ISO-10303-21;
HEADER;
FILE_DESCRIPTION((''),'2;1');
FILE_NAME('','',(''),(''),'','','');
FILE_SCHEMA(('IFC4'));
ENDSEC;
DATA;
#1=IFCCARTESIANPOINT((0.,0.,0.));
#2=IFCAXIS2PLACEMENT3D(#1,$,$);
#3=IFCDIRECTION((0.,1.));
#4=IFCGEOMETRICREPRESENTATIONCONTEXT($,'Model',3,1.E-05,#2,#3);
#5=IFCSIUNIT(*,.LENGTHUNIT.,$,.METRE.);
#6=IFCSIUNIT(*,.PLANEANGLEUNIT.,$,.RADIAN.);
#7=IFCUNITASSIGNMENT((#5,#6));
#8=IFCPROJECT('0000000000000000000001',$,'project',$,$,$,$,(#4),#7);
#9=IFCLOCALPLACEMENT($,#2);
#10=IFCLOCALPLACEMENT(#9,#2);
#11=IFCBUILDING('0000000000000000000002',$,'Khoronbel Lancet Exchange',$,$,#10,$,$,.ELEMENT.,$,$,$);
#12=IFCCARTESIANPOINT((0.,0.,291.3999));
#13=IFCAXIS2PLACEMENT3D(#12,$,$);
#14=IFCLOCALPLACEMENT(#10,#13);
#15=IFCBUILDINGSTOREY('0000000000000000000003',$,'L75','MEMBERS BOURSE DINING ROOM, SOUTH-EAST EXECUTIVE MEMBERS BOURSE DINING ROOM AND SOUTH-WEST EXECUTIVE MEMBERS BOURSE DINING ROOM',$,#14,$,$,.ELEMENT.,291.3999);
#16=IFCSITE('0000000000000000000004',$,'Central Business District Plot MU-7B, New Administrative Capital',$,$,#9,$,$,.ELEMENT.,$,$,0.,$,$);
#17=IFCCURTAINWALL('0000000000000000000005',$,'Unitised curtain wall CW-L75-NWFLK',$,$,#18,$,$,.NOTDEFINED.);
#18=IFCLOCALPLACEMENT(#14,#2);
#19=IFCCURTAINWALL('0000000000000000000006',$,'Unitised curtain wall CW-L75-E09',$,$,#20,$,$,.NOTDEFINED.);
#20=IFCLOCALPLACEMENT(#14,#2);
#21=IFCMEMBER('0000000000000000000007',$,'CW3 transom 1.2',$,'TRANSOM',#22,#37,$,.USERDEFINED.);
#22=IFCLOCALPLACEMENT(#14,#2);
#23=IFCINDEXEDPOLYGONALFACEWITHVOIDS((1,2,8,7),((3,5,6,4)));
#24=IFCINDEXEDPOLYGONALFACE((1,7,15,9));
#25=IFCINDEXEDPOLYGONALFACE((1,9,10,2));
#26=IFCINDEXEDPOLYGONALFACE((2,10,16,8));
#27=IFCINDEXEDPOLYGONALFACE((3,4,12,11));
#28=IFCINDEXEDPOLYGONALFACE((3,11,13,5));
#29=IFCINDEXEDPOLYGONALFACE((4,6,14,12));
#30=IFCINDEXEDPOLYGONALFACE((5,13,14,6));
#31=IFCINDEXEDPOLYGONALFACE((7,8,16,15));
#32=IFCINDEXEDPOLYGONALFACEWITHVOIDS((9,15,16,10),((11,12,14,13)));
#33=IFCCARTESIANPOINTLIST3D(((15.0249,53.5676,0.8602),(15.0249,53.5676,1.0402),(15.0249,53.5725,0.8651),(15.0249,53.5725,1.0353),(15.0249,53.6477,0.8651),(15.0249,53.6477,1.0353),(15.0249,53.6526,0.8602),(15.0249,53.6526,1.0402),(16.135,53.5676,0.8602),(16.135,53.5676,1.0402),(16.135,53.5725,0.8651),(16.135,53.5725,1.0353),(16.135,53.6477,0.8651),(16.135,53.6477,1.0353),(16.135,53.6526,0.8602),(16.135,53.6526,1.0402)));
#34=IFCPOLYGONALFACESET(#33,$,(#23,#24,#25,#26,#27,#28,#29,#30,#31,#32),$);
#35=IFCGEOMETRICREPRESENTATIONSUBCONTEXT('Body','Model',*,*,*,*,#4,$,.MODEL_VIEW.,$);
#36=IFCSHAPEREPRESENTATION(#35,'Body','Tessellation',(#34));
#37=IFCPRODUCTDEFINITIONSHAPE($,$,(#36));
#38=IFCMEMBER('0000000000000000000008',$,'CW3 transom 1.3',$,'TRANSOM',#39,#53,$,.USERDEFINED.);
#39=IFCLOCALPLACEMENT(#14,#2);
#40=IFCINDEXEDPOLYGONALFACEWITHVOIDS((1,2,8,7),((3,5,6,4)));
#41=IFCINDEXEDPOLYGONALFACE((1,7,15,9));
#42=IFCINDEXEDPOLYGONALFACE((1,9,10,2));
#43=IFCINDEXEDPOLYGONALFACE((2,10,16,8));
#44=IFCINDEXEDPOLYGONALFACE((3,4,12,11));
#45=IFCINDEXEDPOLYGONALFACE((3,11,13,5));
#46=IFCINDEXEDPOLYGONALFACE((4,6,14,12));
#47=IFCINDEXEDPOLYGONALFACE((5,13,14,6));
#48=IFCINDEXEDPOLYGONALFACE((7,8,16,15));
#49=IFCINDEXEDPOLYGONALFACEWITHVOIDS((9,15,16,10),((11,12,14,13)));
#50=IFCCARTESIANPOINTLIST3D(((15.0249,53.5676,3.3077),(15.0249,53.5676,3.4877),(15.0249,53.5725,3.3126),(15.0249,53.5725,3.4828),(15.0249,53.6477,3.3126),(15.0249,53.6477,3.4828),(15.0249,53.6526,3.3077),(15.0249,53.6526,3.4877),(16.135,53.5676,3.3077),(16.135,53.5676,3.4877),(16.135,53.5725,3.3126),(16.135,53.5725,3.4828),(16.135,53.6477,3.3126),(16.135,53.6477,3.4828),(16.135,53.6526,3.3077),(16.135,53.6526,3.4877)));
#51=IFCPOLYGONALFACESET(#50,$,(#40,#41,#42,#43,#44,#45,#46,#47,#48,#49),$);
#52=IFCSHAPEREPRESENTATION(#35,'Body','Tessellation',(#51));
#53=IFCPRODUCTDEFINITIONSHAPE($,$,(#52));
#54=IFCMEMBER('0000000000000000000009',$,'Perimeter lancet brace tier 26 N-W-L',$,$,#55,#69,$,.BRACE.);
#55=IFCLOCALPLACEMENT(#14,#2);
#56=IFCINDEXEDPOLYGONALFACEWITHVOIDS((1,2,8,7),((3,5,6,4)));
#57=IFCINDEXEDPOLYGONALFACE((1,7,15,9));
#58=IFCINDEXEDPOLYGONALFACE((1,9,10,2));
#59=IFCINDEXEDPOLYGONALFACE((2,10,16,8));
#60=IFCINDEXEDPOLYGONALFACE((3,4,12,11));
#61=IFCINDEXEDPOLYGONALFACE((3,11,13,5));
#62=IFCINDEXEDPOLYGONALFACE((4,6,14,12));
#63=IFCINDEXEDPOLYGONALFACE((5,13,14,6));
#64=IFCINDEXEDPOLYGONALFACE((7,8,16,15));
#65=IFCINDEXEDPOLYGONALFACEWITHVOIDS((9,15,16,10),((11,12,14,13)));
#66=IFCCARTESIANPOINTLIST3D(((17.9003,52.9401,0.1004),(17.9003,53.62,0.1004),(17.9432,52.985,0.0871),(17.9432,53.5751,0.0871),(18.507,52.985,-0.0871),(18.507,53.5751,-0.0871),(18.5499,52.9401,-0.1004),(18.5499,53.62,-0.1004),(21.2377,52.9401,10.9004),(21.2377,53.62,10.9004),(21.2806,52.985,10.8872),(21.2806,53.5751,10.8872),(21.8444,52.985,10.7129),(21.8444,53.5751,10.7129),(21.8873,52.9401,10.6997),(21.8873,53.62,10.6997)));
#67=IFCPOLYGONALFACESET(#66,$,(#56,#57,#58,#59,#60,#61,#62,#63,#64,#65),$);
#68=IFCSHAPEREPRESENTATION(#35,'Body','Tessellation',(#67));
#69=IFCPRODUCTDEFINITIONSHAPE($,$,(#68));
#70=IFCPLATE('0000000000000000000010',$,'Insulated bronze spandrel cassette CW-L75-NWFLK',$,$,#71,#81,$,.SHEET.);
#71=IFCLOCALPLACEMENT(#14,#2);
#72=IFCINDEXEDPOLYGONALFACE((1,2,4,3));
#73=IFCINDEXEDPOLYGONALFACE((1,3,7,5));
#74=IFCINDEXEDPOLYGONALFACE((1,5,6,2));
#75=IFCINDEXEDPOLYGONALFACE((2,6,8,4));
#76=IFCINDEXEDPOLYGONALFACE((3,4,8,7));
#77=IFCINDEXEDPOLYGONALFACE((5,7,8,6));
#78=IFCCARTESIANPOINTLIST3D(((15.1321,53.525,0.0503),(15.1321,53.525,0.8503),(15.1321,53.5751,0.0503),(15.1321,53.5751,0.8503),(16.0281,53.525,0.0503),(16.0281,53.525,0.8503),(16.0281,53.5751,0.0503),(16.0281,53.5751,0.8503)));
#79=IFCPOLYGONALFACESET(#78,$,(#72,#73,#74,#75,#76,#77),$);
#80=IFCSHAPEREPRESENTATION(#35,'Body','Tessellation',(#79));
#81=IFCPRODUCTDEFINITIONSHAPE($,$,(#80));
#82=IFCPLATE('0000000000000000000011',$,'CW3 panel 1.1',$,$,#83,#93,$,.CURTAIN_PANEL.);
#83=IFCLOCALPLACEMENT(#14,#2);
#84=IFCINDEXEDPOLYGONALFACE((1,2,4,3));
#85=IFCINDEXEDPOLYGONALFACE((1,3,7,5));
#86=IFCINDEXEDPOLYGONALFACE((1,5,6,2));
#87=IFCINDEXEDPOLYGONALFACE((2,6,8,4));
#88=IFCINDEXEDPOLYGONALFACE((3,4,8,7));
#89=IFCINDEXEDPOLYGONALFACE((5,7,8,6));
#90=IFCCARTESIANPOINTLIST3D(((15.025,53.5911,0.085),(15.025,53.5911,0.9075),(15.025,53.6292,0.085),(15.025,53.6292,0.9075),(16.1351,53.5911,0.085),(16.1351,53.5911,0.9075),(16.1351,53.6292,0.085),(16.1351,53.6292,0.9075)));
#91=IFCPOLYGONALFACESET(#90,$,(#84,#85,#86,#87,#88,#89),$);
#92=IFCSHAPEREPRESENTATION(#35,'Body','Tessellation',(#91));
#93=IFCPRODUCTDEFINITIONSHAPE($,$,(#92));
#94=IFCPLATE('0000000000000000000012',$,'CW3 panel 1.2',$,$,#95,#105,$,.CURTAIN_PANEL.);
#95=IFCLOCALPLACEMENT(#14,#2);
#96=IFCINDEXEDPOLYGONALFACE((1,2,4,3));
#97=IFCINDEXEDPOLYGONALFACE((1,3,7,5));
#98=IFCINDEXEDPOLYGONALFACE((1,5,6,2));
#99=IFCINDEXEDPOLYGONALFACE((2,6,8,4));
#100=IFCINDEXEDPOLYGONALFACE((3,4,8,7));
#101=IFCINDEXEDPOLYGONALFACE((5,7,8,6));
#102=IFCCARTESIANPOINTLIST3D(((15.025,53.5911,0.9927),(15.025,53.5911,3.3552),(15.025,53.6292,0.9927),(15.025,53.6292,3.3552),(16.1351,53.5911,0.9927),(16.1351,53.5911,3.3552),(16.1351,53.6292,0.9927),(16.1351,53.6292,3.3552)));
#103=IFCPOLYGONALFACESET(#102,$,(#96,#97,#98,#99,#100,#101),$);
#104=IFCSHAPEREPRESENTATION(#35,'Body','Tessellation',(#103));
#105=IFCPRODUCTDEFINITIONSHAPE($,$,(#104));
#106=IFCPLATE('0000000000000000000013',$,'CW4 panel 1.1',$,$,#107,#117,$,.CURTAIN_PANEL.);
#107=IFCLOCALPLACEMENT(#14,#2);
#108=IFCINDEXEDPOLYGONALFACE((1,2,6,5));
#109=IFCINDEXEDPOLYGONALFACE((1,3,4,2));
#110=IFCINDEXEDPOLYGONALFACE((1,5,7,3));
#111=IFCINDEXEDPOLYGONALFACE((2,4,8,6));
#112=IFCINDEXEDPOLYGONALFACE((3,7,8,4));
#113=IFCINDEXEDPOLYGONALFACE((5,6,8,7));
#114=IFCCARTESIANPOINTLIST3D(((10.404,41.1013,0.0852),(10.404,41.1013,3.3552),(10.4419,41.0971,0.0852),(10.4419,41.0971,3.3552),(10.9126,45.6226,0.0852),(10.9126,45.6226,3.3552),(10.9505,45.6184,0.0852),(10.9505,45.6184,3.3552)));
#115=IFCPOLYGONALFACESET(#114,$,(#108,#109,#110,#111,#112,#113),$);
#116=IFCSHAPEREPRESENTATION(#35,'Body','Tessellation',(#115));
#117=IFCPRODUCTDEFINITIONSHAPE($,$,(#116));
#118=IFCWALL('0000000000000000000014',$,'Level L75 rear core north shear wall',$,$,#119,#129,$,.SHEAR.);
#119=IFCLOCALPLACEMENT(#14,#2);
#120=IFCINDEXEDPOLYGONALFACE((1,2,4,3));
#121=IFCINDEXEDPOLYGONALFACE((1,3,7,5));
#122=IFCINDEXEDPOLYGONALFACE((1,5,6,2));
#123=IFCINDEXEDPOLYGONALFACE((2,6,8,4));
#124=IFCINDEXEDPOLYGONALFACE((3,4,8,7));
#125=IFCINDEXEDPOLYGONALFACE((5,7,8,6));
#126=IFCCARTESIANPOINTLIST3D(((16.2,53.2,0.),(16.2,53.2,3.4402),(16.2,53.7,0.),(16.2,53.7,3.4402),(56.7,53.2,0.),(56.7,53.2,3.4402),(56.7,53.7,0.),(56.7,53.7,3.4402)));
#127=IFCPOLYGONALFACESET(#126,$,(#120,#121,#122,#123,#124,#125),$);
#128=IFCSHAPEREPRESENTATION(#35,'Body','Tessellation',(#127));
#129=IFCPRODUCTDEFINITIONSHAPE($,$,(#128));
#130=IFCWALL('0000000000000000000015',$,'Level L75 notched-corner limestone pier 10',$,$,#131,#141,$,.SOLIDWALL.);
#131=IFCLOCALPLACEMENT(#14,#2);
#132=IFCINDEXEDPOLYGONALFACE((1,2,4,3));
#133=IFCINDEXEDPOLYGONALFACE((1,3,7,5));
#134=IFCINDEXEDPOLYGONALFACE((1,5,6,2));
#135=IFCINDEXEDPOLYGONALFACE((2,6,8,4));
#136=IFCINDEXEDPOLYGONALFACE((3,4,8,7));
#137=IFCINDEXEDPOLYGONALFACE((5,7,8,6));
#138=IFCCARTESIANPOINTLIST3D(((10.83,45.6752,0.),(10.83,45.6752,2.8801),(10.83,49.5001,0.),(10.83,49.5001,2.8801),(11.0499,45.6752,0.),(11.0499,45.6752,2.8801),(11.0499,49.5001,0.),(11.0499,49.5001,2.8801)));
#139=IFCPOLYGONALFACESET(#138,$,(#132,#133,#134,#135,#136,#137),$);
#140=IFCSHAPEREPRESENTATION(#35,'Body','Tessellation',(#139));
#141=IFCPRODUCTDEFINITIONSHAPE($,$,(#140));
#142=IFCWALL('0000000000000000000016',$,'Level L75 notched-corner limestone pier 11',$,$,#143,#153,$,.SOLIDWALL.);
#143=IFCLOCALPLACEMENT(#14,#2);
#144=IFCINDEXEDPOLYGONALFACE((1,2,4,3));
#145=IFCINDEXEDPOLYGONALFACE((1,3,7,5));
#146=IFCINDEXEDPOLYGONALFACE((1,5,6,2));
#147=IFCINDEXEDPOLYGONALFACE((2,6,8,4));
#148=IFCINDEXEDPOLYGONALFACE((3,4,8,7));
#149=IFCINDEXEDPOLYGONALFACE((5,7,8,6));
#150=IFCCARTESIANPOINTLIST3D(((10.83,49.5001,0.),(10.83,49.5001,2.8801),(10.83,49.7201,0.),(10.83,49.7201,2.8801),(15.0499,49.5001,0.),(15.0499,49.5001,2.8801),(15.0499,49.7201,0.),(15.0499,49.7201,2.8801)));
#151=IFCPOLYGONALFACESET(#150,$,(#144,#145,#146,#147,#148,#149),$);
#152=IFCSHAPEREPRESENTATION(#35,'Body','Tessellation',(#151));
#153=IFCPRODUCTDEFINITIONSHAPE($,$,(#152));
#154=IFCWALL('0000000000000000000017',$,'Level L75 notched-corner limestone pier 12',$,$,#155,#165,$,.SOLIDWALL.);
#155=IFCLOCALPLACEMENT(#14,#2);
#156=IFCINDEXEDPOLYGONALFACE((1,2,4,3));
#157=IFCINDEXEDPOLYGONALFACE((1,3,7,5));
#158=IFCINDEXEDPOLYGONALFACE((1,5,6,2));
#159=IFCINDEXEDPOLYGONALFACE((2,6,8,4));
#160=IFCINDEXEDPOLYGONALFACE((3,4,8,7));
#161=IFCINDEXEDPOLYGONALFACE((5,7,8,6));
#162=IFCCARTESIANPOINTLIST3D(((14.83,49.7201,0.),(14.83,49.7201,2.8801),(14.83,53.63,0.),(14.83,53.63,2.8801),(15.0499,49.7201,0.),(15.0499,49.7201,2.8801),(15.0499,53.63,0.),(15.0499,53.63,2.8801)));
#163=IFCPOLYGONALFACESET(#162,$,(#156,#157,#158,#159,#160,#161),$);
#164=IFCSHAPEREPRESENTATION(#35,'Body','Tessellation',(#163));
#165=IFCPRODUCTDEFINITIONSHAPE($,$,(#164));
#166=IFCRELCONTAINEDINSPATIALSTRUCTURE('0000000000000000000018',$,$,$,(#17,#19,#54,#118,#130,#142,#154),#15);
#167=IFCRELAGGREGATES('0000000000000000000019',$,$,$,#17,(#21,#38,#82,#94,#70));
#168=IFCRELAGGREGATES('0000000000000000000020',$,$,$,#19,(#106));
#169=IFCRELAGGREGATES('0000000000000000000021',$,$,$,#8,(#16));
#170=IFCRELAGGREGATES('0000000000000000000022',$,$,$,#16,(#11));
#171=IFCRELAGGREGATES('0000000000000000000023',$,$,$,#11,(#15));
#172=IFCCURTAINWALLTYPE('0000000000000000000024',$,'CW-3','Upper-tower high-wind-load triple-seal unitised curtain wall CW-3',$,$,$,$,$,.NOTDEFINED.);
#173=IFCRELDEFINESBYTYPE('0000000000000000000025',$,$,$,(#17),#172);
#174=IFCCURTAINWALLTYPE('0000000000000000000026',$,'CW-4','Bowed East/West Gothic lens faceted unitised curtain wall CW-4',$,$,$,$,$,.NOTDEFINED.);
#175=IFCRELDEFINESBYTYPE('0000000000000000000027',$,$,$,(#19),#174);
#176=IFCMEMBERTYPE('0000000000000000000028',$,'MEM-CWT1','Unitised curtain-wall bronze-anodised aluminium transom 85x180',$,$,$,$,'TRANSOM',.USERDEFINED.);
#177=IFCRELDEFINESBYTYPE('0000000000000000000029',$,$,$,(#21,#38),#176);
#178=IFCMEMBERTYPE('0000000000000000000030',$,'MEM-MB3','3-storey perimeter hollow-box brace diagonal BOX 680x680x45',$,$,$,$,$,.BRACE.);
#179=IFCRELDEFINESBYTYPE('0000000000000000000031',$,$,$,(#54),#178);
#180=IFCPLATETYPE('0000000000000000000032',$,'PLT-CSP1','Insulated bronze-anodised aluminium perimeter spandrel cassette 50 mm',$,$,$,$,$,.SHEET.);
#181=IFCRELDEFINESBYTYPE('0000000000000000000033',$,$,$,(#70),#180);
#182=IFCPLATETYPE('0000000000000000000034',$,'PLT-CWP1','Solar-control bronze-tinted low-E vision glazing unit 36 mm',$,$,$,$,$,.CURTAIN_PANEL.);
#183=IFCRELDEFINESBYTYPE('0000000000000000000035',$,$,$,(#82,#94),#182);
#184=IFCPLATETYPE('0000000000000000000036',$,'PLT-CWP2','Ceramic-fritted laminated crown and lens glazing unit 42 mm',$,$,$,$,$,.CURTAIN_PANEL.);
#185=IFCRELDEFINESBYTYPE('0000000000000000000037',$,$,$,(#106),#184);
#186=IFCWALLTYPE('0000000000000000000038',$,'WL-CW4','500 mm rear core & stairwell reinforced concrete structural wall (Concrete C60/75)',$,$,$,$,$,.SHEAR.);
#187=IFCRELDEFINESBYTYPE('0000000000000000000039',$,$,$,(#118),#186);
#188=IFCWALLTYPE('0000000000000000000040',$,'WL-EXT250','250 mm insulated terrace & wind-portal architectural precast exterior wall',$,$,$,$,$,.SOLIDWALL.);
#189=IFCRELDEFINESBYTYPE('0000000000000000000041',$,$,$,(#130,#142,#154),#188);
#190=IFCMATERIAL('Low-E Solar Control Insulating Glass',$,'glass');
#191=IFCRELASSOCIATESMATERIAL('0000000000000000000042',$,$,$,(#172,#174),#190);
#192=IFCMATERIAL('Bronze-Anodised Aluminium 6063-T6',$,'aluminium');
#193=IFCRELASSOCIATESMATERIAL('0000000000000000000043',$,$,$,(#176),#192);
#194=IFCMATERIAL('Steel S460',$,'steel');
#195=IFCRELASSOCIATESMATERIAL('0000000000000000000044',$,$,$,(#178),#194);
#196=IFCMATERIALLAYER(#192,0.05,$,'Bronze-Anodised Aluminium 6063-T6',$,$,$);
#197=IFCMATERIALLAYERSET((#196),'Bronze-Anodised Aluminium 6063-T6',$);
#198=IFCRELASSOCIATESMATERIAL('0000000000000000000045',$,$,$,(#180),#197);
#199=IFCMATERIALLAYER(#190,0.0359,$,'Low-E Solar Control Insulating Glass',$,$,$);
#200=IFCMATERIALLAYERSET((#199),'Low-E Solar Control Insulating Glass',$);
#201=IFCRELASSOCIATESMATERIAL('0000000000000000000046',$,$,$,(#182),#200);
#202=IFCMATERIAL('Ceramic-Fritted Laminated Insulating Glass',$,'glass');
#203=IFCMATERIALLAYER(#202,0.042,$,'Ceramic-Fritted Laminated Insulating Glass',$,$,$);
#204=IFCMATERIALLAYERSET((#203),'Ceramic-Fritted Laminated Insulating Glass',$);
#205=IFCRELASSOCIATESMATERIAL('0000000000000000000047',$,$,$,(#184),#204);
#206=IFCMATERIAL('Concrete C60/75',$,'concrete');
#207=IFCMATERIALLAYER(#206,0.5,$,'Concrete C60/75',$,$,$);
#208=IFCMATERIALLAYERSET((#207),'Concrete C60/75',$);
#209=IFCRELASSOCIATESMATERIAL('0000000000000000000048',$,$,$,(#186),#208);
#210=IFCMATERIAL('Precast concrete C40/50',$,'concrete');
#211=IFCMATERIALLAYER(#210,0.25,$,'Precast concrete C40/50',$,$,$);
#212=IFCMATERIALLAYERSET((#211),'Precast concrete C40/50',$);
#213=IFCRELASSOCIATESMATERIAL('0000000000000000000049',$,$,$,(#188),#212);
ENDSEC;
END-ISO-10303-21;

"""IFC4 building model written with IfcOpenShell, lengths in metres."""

from ifc_helpers import new_model, si_unit, direction, frame, frame_2d, origin, origin_2d, place, context, subcontext, project, spatial, rectangle, hollow_rectangle, extrude, material, layer, layer_set, material_profile, profile_set, type_object, element, aggregate, save


model = new_model("IFC4")

# Units and contexts
model_context = context("Model", 3, precision=1e-05, world=origin(), true_north=direction((0.0, 1.0)))
body_context = subcontext(model_context, "Body", "Model", "MODEL_VIEW")
ifc_project = project(units=[si_unit("LENGTHUNIT", "METRE"), si_unit("PLANEANGLEUNIT", "RADIAN")], contexts=[model_context])

# Site, building, storey
site_placement = place(None, origin())
site = spatial("IfcSite", under=ifc_project, at=site_placement, Name="Central Business District Plot MU-7B, New Administrative Capital", CompositionType="ELEMENT", RefElevation=0.0)
building_placement = place(site_placement, origin())
building = spatial("IfcBuilding", under=site, at=building_placement, Name="Khoronbel Lancet Exchange", CompositionType="ELEMENT")
storey_placement = place(building_placement, frame((0.0, 0.0, 291.3999)))
storey = spatial("IfcBuildingStorey", under=building, at=storey_placement, Name="L75", Description="MEMBERS BOURSE DINING ROOM, SOUTH-EAST EXECUTIVE MEMBERS BOURSE DINING ROOM AND SOUTH-WEST EXECUTIVE MEMBERS BOURSE DINING ROOM", CompositionType="ELEMENT", Elevation=291.3999)

# Shared definitions
ifc_material_1 = material(Name="Steel S460", Category="steel")

# Curtain wall
ifc_material_2 = material(Name="Low-E Solar Control Insulating Glass", Category="glass")
curtain_wall_type_1 = type_object("IfcCurtainWallType", Name="CW-3", Description="Upper-tower high-wind-load triple-seal unitised curtain wall CW-3", PredefinedType="NOTDEFINED", material=ifc_material_2)
curtain_wall_1_placement = place(storey_placement, origin())
curtain_wall_1 = element("IfcCurtainWall", 1, at=curtain_wall_1_placement, inside=storey, type_object=curtain_wall_type_1, Name="Unitised curtain wall CW-L75-NWFLK", PredefinedType="NOTDEFINED")
ifc_material_3 = material(Name="Bronze-Anodised Aluminium 6063-T6", Category="aluminium")

# Curtain wall
curtain_wall_type_2 = type_object("IfcCurtainWallType", Name="CW-4", Description="Bowed East/West Gothic lens faceted unitised curtain wall CW-4", PredefinedType="NOTDEFINED", material=ifc_material_2)
curtain_wall_2_placement = place(storey_placement, origin())
curtain_wall_2 = element("IfcCurtainWall", 2, at=curtain_wall_2_placement, inside=storey, type_object=curtain_wall_type_2, Name="Unitised curtain wall CW-L75-E09", PredefinedType="NOTDEFINED")

# Members
ifc_material_profile_1 = material_profile(ifc_material_3, hollow_rectangle(XDim=0.085, YDim=0.1799, WallThickness=0.0049, at=origin_2d()), Name="ALU TRANSOM 85x180")
ifc_profile_set_1 = profile_set([ifc_material_profile_1], Name="Bronze-Anodised Aluminium 6063-T6")
member_type_1 = type_object("IfcMemberType", Name="MEM-CWT1", Description="Unitised curtain-wall bronze-anodised aluminium transom 85x180", ElementType="TRANSOM", PredefinedType="USERDEFINED", material=ifc_profile_set_1)
member_1_placement = place(storey_placement, frame((16.135, 53.6101, 0.9502), z_axis=(-1.0, 0.0, 0.0), x_axis=(0.0, -1.0, 0.0)))
member_1 = element("IfcMember", 3, at=member_1_placement, type_object=member_type_1, Name="CW3 transom 1.2", ObjectType="TRANSOM", PredefinedType="USERDEFINED", context=body_context, shape_type="SweptSolid", body=[
    extrude(hollow_rectangle(XDim=0.085, YDim=0.1799, WallThickness=0.0049, at=origin_2d()), origin(), (0.0, 0.0, 1.0), 1.1101),
])
member_2_placement = place(storey_placement, frame((16.135, 53.6101, 3.3977), z_axis=(-1.0, 0.0, 0.0), x_axis=(0.0, -1.0, 0.0)))
member_2 = element("IfcMember", 4, at=member_2_placement, type_object=member_type_1, Name="CW3 transom 1.3", ObjectType="TRANSOM", PredefinedType="USERDEFINED", context=body_context, shape_type="SweptSolid", body=[
    extrude(hollow_rectangle(XDim=0.085, YDim=0.1799, WallThickness=0.0049, at=origin_2d()), origin(), (0.0, 0.0, 1.0), 1.1101),
])
ifc_material_profile_2 = material_profile(ifc_material_1, hollow_rectangle(XDim=0.6799, YDim=0.6799, WallThickness=0.0449, at=origin_2d()), Name="BOX 680x680x45")
ifc_profile_set_2 = profile_set([ifc_material_profile_2], Name="Steel S460")
member_type_2 = type_object("IfcMemberType", Name="MEM-MB3", Description="3-storey perimeter hollow-box brace diagonal BOX 680x680x45", PredefinedType="BRACE", material=ifc_profile_set_2)
member_3_placement = place(storey_placement, frame((18.2251, 53.28, 0.0), z_axis=(0.295242, 0.0, 0.955422), x_axis=(0.0, 1.0, 0.0)))
element("IfcMember", 5, at=member_3_placement, inside=storey, type_object=member_type_2, Name="Perimeter lancet brace tier 26 N-W-L", PredefinedType="BRACE", context=body_context, shape_type="SweptSolid", body=[
    extrude(hollow_rectangle(XDim=0.6799, YDim=0.6799, WallThickness=0.0449, at=origin_2d()), origin(), (0.0, 0.0, 1.0), 11.304),
])

# Plates
ifc_layer_1 = layer(ifc_material_3, 0.05, Name="Bronze-Anodised Aluminium 6063-T6")
ifc_layer_set_1 = layer_set([ifc_layer_1], Name="Bronze-Anodised Aluminium 6063-T6")
plate_type_1 = type_object("IfcPlateType", Name="PLT-CSP1", Description="Insulated bronze-anodised aluminium perimeter spandrel cassette 50 mm", PredefinedType="SHEET", material=ifc_layer_set_1)
plate_1_placement = place(storey_placement, frame((15.5801, 53.55, 0.0503), z_axis=(0.0, 0.0, 1.0), x_axis=(-1.0, 0.0, 0.0)))
plate_1 = element("IfcPlate", 6, at=plate_1_placement, type_object=plate_type_1, Name="Insulated bronze spandrel cassette CW-L75-NWFLK", PredefinedType="SHEET", context=body_context, shape_type="SweptSolid", body=[
    extrude(rectangle(XDim=0.896, YDim=0.05, at=origin_2d()), origin(), (0.0, 0.0, 1.0), 0.8),
])
ifc_layer_2 = layer(ifc_material_2, 0.0359, Name="Low-E Solar Control Insulating Glass")
ifc_layer_set_2 = layer_set([ifc_layer_2], Name="Low-E Solar Control Insulating Glass")
plate_type_2 = type_object("IfcPlateType", Name="PLT-CWP1", Description="Solar-control bronze-tinted low-E vision glazing unit 36 mm", PredefinedType="CURTAIN_PANEL", material=ifc_layer_set_2)
plate_2_placement = place(storey_placement, frame((15.5801, 53.6101, 0.085), z_axis=(0.0, 0.0, 1.0), x_axis=(-1.0, 0.0, 0.0)))
plate_2 = element("IfcPlate", 7, at=plate_2_placement, type_object=plate_type_2, Name="CW3 panel 1.1", PredefinedType="CURTAIN_PANEL", context=body_context, shape_type="SweptSolid", body=[
    extrude(rectangle(XDim=1.1101, YDim=0.0381, at=origin_2d()), origin(), (0.0, 0.0, 1.0), 0.8225),
])
plate_3_placement = place(storey_placement, frame((15.5801, 53.6101, 0.9927), z_axis=(0.0, 0.0, 1.0), x_axis=(-1.0, 0.0, 0.0)))
plate_3 = element("IfcPlate", 8, at=plate_3_placement, type_object=plate_type_2, Name="CW3 panel 1.2", PredefinedType="CURTAIN_PANEL", context=body_context, shape_type="SweptSolid", body=[
    extrude(rectangle(XDim=1.1101, YDim=0.0381, at=origin_2d()), origin(), (0.0, 0.0, 1.0), 2.3625),
])
aggregate(curtain_wall_1, [member_1, member_2, plate_2, plate_3, plate_1])
ifc_material_4 = material(Name="Ceramic-Fritted Laminated Insulating Glass", Category="glass")
ifc_layer_3 = layer(ifc_material_4, 0.042, Name="Ceramic-Fritted Laminated Insulating Glass")
ifc_layer_set_3 = layer_set([ifc_layer_3], Name="Ceramic-Fritted Laminated Insulating Glass")
plate_type_3 = type_object("IfcPlateType", Name="PLT-CWP2", Description="Ceramic-fritted laminated crown and lens glazing unit 42 mm", PredefinedType="CURTAIN_PANEL", material=ifc_layer_set_3)
plate_4_placement = place(storey_placement, frame((10.6772, 43.3599, 0.0852), z_axis=(0.0, 0.0, 1.0), x_axis=(0.111791, 0.993732, 0.0)))
plate_4 = element("IfcPlate", 9, at=plate_4_placement, type_object=plate_type_3, Name="CW4 panel 1.1", PredefinedType="CURTAIN_PANEL", context=body_context, shape_type="SweptSolid", body=[
    extrude(rectangle(XDim=4.5498, YDim=0.0381, at=origin_2d()), origin(), (0.0, 0.0, 1.0), 3.27),
])
aggregate(curtain_wall_2, [plate_4])

# Walls
ifc_material_5 = material(Name="Concrete C60/75", Category="concrete")
ifc_layer_4 = layer(ifc_material_5, 0.5, Name="Concrete C60/75")
ifc_layer_set_4 = layer_set([ifc_layer_4], Name="Concrete C60/75")
wall_type_1 = type_object("IfcWallType", Name="WL-CW4", Description="500 mm rear core & stairwell reinforced concrete structural wall (Concrete C60/75)", PredefinedType="SHEAR", material=ifc_layer_set_4)
wall_1_placement = place(storey_placement, frame((16.2, 53.45, 0.0), z_axis=(0.0, 0.0, 1.0), x_axis=(1.0, 0.0, 0.0)))
element("IfcWall", 10, at=wall_1_placement, inside=storey, type_object=wall_type_1, Name="Level L75 rear core north shear wall", PredefinedType="SHEAR", context=body_context, shape_type="SweptSolid", body=[
    extrude(rectangle(XDim=40.5, YDim=0.5, at=frame_2d((20.25, 0.0))), origin(), (0.0, 0.0, 1.0), 3.4402),
])
ifc_material_6 = material(Name="Precast concrete C40/50", Category="concrete")
ifc_layer_5 = layer(ifc_material_6, 0.25, Name="Precast concrete C40/50")
ifc_layer_set_5 = layer_set([ifc_layer_5], Name="Precast concrete C40/50")
wall_type_2 = type_object("IfcWallType", Name="WL-EXT250", Description="250 mm insulated terrace & wind-portal architectural precast exterior wall", PredefinedType="SOLIDWALL", material=ifc_layer_set_5)
wall_2_placement = place(storey_placement, frame((10.9399, 45.675, 0.0), z_axis=(0.0, 0.0, 1.0), x_axis=(0.0, 1.0, 0.0)))
element("IfcWall", 11, at=wall_2_placement, inside=storey, type_object=wall_type_2, Name="Level L75 notched-corner limestone pier 10", PredefinedType="SOLIDWALL", context=body_context, shape_type="SweptSolid", body=[
    extrude(rectangle(XDim=3.825, YDim=0.22, at=frame_2d((1.9126, 0.0))), origin(), (0.0, 0.0, 1.0), 2.8801),
])
wall_3_placement = place(storey_placement, frame((10.8301, 49.6101, 0.0), z_axis=(0.0, 0.0, 1.0), x_axis=(1.0, 0.0, 0.0)))
element("IfcWall", 12, at=wall_3_placement, inside=storey, type_object=wall_type_2, Name="Level L75 notched-corner limestone pier 11", PredefinedType="SOLIDWALL", context=body_context, shape_type="SweptSolid", body=[
    extrude(rectangle(XDim=4.22, YDim=0.22, at=frame_2d((2.1099, 0.0))), origin(), (0.0, 0.0, 1.0), 2.8801),
])
wall_4_placement = place(storey_placement, frame((14.9399, 49.72, 0.0), z_axis=(0.0, 0.0, 1.0), x_axis=(0.0, 1.0, 0.0)))
element("IfcWall", 13, at=wall_4_placement, inside=storey, type_object=wall_type_2, Name="Level L75 notched-corner limestone pier 12", PredefinedType="SOLIDWALL", context=body_context, shape_type="SweptSolid", body=[
    extrude(rectangle(XDim=3.9099, YDim=0.22, at=frame_2d((1.9551, 0.0))), origin(), (0.0, 0.0, 1.0), 2.8801),
])

save(model, "model.ifc")
